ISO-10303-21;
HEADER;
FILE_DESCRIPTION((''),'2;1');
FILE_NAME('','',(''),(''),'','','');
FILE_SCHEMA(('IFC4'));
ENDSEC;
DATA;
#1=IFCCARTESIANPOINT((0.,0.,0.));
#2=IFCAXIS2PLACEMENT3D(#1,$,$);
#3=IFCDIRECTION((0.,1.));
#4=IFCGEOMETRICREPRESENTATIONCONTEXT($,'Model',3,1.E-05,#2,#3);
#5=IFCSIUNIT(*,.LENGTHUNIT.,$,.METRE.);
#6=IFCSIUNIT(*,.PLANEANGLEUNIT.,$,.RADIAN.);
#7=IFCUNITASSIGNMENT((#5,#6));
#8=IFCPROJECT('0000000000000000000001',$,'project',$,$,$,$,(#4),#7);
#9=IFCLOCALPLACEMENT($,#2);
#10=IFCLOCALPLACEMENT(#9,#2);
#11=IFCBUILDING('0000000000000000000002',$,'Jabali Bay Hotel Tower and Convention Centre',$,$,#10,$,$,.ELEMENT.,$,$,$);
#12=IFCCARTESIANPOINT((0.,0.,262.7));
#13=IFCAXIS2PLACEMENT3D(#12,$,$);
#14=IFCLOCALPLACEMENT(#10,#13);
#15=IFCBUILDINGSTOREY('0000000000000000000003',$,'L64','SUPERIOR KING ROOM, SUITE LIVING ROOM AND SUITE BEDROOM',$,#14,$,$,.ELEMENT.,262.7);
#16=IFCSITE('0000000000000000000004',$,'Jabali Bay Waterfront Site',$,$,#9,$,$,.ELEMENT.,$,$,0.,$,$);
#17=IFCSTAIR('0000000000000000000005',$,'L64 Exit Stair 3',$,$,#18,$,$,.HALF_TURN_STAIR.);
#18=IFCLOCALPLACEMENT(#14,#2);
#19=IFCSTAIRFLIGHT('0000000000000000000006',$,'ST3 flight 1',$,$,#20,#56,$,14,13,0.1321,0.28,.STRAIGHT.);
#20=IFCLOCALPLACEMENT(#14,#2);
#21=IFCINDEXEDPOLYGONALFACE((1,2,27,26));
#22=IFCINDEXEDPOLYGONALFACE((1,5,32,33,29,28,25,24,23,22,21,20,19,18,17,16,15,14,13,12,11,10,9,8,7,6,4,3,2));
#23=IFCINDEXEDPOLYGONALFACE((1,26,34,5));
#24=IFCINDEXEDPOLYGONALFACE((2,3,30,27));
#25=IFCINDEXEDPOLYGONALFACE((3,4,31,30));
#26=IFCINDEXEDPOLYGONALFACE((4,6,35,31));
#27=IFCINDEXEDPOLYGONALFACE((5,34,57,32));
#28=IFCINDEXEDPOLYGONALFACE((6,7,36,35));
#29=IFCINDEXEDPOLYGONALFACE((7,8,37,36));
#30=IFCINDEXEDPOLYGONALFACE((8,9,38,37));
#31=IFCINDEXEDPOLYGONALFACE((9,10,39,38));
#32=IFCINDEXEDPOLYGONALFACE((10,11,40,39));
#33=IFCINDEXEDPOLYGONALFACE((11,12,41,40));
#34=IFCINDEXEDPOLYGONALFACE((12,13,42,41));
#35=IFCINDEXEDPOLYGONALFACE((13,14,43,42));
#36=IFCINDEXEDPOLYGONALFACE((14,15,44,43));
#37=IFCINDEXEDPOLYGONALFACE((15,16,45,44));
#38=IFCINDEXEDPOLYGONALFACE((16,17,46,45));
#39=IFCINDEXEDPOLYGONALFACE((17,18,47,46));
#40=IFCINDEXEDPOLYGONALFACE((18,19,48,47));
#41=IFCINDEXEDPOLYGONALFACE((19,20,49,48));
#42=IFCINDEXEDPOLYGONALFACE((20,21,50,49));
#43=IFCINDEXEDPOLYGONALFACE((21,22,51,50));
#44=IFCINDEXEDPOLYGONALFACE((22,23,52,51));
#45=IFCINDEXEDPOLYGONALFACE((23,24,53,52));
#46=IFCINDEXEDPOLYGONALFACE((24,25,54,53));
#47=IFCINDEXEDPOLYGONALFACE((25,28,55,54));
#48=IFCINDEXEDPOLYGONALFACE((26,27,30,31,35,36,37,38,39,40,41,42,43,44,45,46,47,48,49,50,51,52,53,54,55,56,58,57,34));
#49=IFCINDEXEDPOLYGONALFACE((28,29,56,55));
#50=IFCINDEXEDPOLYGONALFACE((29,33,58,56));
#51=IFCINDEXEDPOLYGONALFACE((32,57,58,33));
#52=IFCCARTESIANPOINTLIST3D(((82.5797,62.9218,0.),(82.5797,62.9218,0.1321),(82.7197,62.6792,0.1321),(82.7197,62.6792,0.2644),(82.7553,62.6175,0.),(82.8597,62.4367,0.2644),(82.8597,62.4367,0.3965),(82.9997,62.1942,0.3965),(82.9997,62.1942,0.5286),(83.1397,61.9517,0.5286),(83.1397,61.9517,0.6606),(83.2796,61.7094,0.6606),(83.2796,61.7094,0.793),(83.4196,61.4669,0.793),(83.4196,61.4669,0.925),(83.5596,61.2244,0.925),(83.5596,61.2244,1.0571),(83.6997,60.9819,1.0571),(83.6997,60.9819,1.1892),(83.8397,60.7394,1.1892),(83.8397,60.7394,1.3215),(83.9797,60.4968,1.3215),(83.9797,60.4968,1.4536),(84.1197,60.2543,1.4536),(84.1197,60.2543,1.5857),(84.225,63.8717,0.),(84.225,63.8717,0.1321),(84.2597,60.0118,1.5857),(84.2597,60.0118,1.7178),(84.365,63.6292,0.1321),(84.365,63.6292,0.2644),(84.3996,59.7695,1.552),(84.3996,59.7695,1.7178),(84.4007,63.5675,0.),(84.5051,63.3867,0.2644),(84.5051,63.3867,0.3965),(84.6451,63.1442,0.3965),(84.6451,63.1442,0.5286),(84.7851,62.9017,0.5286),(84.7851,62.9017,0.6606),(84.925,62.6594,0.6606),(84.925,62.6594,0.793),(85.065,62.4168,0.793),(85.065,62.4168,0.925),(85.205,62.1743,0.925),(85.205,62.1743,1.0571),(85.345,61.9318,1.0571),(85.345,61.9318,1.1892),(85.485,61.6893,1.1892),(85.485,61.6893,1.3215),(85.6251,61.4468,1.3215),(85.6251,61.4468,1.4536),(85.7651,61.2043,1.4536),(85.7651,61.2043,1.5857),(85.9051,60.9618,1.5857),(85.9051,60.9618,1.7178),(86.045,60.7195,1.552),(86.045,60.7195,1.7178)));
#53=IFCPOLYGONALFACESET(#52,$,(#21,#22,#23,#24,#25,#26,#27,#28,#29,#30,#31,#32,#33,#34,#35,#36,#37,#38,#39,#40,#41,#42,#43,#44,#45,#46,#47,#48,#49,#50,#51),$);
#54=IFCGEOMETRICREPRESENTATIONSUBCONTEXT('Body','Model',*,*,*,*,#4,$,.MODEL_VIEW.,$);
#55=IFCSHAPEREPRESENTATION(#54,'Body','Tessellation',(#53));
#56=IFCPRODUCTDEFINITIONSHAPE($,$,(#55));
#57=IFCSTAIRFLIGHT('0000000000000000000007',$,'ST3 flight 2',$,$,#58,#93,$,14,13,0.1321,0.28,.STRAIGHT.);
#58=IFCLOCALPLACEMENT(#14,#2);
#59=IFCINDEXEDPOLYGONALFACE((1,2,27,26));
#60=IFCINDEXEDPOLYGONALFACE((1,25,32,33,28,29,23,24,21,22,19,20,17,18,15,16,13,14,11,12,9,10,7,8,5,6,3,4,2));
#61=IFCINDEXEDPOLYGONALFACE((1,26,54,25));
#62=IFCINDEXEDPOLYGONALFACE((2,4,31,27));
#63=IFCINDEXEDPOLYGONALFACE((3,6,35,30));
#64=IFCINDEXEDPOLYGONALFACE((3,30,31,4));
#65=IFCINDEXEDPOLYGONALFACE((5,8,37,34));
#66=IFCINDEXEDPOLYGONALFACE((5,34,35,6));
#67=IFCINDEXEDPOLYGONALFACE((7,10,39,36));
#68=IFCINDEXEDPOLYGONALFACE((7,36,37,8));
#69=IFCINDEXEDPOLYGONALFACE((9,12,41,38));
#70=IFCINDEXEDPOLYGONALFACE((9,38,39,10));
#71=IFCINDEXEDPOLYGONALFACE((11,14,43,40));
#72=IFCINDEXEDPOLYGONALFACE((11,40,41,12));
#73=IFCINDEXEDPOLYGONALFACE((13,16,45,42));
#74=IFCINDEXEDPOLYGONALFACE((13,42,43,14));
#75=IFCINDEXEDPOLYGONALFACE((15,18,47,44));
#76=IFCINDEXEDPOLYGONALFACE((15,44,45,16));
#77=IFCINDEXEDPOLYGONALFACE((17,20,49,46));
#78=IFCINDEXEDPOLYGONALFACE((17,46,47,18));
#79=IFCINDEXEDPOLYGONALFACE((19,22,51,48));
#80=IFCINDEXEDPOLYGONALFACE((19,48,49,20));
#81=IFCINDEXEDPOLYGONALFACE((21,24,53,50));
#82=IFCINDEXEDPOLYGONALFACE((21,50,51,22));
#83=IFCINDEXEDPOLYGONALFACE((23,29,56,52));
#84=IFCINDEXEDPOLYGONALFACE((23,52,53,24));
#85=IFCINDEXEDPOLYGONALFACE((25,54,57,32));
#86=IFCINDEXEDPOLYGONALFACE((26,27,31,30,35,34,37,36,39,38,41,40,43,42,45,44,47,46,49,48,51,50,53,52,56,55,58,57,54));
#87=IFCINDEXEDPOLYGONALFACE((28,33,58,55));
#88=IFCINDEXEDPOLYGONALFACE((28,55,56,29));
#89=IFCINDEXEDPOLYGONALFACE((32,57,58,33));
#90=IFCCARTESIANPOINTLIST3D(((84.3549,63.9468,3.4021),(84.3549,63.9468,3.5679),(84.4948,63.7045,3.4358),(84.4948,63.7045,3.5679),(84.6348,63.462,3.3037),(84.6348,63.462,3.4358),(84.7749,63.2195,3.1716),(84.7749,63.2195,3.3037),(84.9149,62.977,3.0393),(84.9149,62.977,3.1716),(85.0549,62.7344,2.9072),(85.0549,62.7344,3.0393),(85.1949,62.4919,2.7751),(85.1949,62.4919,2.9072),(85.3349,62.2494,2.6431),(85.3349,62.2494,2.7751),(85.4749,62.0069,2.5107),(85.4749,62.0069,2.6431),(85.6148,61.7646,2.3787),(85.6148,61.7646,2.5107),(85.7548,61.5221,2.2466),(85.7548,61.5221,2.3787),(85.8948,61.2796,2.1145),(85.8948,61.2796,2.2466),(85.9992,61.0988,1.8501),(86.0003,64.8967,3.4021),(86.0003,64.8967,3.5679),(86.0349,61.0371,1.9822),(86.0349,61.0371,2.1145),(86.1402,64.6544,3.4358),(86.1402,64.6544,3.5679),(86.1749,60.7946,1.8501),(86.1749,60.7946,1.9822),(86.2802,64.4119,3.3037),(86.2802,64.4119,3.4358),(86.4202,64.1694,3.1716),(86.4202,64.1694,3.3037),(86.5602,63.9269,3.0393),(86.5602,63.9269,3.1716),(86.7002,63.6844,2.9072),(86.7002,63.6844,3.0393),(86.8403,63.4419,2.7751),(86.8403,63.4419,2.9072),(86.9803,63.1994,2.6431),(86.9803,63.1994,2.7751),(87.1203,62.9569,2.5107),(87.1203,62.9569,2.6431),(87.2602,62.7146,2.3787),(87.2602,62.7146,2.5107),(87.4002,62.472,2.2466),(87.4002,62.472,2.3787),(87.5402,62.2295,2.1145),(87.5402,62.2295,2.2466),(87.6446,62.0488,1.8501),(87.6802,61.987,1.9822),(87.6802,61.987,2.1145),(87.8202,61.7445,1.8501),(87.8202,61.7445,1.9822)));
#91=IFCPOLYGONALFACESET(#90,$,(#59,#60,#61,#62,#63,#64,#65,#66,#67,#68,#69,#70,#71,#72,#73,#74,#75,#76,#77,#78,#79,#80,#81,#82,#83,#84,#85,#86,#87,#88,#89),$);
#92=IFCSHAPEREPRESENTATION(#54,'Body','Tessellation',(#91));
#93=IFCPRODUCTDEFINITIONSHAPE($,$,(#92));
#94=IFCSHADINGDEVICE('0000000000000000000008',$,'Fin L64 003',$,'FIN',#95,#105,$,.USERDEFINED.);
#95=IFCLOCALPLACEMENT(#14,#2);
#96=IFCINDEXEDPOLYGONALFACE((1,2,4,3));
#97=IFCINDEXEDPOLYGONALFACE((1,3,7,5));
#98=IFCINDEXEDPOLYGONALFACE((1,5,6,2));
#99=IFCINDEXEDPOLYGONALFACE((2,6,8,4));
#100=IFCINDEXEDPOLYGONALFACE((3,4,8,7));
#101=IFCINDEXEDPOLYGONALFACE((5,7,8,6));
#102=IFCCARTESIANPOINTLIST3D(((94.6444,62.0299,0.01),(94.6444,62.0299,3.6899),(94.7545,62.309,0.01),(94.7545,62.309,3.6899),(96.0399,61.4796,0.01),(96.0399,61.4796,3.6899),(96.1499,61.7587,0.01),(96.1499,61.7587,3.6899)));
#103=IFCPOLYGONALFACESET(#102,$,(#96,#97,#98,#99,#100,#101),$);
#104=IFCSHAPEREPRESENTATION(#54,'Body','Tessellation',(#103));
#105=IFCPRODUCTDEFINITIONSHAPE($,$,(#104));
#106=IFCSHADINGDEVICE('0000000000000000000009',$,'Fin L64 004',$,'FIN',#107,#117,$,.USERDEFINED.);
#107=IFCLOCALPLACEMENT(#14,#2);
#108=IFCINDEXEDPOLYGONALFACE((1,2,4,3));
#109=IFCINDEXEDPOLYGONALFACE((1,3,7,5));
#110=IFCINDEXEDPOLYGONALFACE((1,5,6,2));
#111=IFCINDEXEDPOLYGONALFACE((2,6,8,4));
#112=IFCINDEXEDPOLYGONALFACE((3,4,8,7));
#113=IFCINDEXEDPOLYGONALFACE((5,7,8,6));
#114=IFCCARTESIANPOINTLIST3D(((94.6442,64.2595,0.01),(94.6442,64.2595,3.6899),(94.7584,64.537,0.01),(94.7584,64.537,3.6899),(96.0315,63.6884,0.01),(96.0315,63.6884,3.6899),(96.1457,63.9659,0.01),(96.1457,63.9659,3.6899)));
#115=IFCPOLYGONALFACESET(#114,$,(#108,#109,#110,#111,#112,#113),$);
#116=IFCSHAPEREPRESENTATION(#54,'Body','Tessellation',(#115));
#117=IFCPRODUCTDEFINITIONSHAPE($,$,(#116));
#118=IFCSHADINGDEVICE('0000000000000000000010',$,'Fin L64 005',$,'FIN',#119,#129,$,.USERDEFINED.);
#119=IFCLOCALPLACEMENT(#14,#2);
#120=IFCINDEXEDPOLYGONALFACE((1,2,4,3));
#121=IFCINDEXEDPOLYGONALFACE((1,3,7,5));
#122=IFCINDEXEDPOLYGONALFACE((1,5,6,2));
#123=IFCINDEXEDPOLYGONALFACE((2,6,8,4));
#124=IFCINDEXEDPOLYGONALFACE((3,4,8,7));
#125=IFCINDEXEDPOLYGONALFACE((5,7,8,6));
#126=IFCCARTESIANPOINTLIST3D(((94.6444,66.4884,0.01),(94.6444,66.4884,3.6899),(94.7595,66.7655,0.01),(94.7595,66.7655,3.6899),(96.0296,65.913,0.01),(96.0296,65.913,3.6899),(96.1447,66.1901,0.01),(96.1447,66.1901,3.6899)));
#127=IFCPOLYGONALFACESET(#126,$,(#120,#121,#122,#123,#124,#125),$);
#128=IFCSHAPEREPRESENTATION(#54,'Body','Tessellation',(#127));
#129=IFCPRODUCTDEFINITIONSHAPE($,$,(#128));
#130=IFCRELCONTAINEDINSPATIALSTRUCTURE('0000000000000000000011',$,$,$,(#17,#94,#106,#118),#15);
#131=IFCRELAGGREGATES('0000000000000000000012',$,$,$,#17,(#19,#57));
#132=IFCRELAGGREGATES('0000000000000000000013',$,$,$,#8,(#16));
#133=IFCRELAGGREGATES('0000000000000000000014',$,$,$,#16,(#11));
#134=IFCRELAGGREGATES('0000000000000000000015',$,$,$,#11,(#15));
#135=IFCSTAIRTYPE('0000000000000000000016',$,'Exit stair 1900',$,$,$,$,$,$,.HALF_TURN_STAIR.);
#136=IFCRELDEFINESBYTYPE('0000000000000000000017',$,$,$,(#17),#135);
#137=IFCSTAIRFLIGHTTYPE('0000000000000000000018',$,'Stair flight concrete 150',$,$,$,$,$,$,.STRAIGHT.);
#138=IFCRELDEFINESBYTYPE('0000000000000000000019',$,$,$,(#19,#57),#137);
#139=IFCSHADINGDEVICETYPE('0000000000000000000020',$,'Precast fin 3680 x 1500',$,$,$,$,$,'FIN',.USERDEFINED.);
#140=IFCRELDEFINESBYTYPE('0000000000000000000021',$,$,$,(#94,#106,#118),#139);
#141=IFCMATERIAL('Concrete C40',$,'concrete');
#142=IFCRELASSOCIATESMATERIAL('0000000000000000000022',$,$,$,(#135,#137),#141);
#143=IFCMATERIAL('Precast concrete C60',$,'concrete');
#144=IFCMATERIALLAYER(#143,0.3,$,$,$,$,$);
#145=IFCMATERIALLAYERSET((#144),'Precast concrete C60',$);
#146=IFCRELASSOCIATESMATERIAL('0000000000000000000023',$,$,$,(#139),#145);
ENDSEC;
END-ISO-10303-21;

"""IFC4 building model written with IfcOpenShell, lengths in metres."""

from ifc_helpers import new_model, si_unit, direction, frame, frame_2d, origin, place, context, subcontext, project, spatial, polyline, rectangle, outline, extrude, material, layer, layer_set, type_object, element, aggregate, save


model = new_model("IFC4")

# Units and contexts
model_context = context("Model", 3, precision=1e-05, world=origin(), true_north=direction((0.0, 1.0)))
body_context = subcontext(model_context, "Body", "Model", "MODEL_VIEW")
ifc_project = project(units=[si_unit("LENGTHUNIT", "METRE"), si_unit("PLANEANGLEUNIT", "RADIAN")], contexts=[model_context])

# Site, building, storey
site_placement = place(None, origin())
site = spatial("IfcSite", under=ifc_project, at=site_placement, Name="Jabali Bay Waterfront Site", CompositionType="ELEMENT", RefElevation=0.0)
building_placement = place(site_placement, origin())
building = spatial("IfcBuilding", under=site, at=building_placement, Name="Jabali Bay Hotel Tower and Convention Centre", CompositionType="ELEMENT")
storey_placement = place(building_placement, frame((0.0, 0.0, 262.7)))
storey = spatial("IfcBuildingStorey", under=building, at=storey_placement, Name="L64", Description="SUPERIOR KING ROOM, SUITE LIVING ROOM AND SUITE BEDROOM", CompositionType="ELEMENT", Elevation=262.7)

# Shared definitions
ifc_material_1 = material(Name="Concrete C40", Category="concrete")

# Stair, stair flights
stair_type = type_object("IfcStairType", Name="Exit stair 1900", PredefinedType="HALF_TURN_STAIR", material=ifc_material_1)
stair_placement = place(storey_placement, origin())
stair = element("IfcStair", 1, at=stair_placement, inside=storey, type_object=stair_type, Name="L64 Exit Stair 3", PredefinedType="HALF_TURN_STAIR")
stair_flight_type = type_object("IfcStairFlightType", Name="Stair flight concrete 150", PredefinedType="STRAIGHT", material=ifc_material_1)
stair_flight_1_placement = place(storey_placement, frame((83.4023, 63.3967, 0.0), z_axis=(0.0, 0.0, 1.0), x_axis=(0.5, -0.866025, 0.0)))
stair_flight_1 = element("IfcStairFlight", 2, at=stair_flight_1_placement, type_object=stair_flight_type, Name="ST3 flight 1", NumberOfRisers=14, NumberOfTreads=13, PredefinedType="STRAIGHT", RiserHeight=0.1321, TreadLength=0.28, context=body_context, shape_type="SweptSolid", body=[
    extrude(outline(polyline([(0.0, 0.0), (0.0, 0.1321), (0.28, 0.1321), (0.28, 0.2644), (0.5601, 0.2644), (0.5601, 0.3965), (0.8401, 0.3965), (0.8401, 0.5286), (1.1201, 0.5286), (1.1201, 0.6606), (1.3999, 0.6606), (1.3999, 0.793), (1.6799, 0.793), (1.6799, 0.925), (1.96, 0.925), (1.96, 1.0571), (2.24, 1.0571), (2.24, 1.1892), (2.52, 1.1892), (2.52, 1.3215), (2.8, 1.3215), (2.8, 1.4536), (3.0801, 1.4536), (3.0801, 1.5857), (3.3601, 1.5857), (3.3601, 1.7178), (3.6399, 1.7178), (3.6399, 1.8501), (3.6399, 1.552), (0.3513, 0.0), (0.0, 0.0)])), frame((0.0, 0.95, 0.0), z_axis=(0.0, -1.0, 0.0), x_axis=(1.0, 0.0, 0.0)), (0.0, 0.0, 1.0), 1.8999),
])
stair_flight_2_placement = place(storey_placement, frame((86.9976, 61.2695, 1.8501), z_axis=(0.0, 0.0, 1.0), x_axis=(-0.5, 0.866025, 0.0)))
stair_flight_2 = element("IfcStairFlight", 3, at=stair_flight_2_placement, type_object=stair_flight_type, Name="ST3 flight 2", NumberOfRisers=14, NumberOfTreads=13, PredefinedType="STRAIGHT", RiserHeight=0.1321, TreadLength=0.28, context=body_context, shape_type="SweptSolid", body=[
    extrude(outline(polyline([(0.0, 0.0), (0.0, 0.1321), (0.28, 0.1321), (0.28, 0.2644), (0.5601, 0.2644), (0.5601, 0.3965), (0.8401, 0.3965), (0.8401, 0.5286), (1.1201, 0.5286), (1.1201, 0.6606), (1.3999, 0.6606), (1.3999, 0.793), (1.6799, 0.793), (1.6799, 0.925), (1.96, 0.925), (1.96, 1.0571), (2.24, 1.0571), (2.24, 1.1892), (2.52, 1.1892), (2.52, 1.3215), (2.8, 1.3215), (2.8, 1.4536), (3.0801, 1.4536), (3.0801, 1.5857), (3.3601, 1.5857), (3.3601, 1.7178), (3.6399, 1.7178), (3.6399, 1.8501), (3.6399, 1.552), (0.3513, 0.0), (0.0, 0.0)])), frame((0.0, 0.95, 0.0), z_axis=(0.0, -1.0, 0.0), x_axis=(1.0, 0.0, 0.0)), (0.0, 0.0, 1.0), 1.8999),
])
aggregate(stair, [stair_flight_1, stair_flight_2])

# Shading devices
ifc_material_2 = material(Name="Precast concrete C60", Category="concrete")
ifc_layer_1 = layer(ifc_material_2, 0.3)
ifc_layer_set_1 = layer_set([ifc_layer_1], Name="Precast concrete C60")
shading_device_type = type_object("IfcShadingDeviceType", Name="Precast fin 3680 x 1500", ElementType="FIN", PredefinedType="USERDEFINED", material=ifc_layer_set_1)
shading_device_1_placement = place(storey_placement, frame((94.6995, 62.1694, 0.01), z_axis=(0.0, 0.0, 1.0), x_axis=(0.930284, -0.36684, 0.0)))
element("IfcShadingDevice", 4, at=shading_device_1_placement, inside=storey, type_object=shading_device_type, Name="Fin L64 003", ObjectType="FIN", PredefinedType="USERDEFINED", context=body_context, shape_type="SweptSolid", body=[
    extrude(rectangle(XDim=1.5, YDim=0.3, at=frame_2d((0.75, 0.0))), origin(), (0.0, 0.0, 1.0), 3.6799),
])
shading_device_2_placement = place(storey_placement, frame((94.7014, 64.3982, 0.01), z_axis=(0.0, 0.0, 1.0), x_axis=(0.924715, -0.38066, 0.0)))
element("IfcShadingDevice", 5, at=shading_device_2_placement, inside=storey, type_object=shading_device_type, Name="Fin L64 004", ObjectType="FIN", PredefinedType="USERDEFINED", context=body_context, shape_type="SweptSolid", body=[
    extrude(rectangle(XDim=1.5002, YDim=0.3, at=frame_2d((0.75, 0.0))), origin(), (0.0, 0.0, 1.0), 3.6799),
])
shading_device_3_placement = place(storey_placement, frame((94.7019, 66.627, 0.01), z_axis=(0.0, 0.0, 1.0), x_axis=(0.923491, -0.383621, 0.0)))
element("IfcShadingDevice", 6, at=shading_device_3_placement, inside=storey, type_object=shading_device_type, Name="Fin L64 005", ObjectType="FIN", PredefinedType="USERDEFINED", context=body_context, shape_type="SweptSolid", body=[
    extrude(rectangle(XDim=1.5, YDim=0.3, at=frame_2d((0.75, 0.0))), origin(), (0.0, 0.0, 1.0), 3.6799),
])

save(model, "model.ifc")
